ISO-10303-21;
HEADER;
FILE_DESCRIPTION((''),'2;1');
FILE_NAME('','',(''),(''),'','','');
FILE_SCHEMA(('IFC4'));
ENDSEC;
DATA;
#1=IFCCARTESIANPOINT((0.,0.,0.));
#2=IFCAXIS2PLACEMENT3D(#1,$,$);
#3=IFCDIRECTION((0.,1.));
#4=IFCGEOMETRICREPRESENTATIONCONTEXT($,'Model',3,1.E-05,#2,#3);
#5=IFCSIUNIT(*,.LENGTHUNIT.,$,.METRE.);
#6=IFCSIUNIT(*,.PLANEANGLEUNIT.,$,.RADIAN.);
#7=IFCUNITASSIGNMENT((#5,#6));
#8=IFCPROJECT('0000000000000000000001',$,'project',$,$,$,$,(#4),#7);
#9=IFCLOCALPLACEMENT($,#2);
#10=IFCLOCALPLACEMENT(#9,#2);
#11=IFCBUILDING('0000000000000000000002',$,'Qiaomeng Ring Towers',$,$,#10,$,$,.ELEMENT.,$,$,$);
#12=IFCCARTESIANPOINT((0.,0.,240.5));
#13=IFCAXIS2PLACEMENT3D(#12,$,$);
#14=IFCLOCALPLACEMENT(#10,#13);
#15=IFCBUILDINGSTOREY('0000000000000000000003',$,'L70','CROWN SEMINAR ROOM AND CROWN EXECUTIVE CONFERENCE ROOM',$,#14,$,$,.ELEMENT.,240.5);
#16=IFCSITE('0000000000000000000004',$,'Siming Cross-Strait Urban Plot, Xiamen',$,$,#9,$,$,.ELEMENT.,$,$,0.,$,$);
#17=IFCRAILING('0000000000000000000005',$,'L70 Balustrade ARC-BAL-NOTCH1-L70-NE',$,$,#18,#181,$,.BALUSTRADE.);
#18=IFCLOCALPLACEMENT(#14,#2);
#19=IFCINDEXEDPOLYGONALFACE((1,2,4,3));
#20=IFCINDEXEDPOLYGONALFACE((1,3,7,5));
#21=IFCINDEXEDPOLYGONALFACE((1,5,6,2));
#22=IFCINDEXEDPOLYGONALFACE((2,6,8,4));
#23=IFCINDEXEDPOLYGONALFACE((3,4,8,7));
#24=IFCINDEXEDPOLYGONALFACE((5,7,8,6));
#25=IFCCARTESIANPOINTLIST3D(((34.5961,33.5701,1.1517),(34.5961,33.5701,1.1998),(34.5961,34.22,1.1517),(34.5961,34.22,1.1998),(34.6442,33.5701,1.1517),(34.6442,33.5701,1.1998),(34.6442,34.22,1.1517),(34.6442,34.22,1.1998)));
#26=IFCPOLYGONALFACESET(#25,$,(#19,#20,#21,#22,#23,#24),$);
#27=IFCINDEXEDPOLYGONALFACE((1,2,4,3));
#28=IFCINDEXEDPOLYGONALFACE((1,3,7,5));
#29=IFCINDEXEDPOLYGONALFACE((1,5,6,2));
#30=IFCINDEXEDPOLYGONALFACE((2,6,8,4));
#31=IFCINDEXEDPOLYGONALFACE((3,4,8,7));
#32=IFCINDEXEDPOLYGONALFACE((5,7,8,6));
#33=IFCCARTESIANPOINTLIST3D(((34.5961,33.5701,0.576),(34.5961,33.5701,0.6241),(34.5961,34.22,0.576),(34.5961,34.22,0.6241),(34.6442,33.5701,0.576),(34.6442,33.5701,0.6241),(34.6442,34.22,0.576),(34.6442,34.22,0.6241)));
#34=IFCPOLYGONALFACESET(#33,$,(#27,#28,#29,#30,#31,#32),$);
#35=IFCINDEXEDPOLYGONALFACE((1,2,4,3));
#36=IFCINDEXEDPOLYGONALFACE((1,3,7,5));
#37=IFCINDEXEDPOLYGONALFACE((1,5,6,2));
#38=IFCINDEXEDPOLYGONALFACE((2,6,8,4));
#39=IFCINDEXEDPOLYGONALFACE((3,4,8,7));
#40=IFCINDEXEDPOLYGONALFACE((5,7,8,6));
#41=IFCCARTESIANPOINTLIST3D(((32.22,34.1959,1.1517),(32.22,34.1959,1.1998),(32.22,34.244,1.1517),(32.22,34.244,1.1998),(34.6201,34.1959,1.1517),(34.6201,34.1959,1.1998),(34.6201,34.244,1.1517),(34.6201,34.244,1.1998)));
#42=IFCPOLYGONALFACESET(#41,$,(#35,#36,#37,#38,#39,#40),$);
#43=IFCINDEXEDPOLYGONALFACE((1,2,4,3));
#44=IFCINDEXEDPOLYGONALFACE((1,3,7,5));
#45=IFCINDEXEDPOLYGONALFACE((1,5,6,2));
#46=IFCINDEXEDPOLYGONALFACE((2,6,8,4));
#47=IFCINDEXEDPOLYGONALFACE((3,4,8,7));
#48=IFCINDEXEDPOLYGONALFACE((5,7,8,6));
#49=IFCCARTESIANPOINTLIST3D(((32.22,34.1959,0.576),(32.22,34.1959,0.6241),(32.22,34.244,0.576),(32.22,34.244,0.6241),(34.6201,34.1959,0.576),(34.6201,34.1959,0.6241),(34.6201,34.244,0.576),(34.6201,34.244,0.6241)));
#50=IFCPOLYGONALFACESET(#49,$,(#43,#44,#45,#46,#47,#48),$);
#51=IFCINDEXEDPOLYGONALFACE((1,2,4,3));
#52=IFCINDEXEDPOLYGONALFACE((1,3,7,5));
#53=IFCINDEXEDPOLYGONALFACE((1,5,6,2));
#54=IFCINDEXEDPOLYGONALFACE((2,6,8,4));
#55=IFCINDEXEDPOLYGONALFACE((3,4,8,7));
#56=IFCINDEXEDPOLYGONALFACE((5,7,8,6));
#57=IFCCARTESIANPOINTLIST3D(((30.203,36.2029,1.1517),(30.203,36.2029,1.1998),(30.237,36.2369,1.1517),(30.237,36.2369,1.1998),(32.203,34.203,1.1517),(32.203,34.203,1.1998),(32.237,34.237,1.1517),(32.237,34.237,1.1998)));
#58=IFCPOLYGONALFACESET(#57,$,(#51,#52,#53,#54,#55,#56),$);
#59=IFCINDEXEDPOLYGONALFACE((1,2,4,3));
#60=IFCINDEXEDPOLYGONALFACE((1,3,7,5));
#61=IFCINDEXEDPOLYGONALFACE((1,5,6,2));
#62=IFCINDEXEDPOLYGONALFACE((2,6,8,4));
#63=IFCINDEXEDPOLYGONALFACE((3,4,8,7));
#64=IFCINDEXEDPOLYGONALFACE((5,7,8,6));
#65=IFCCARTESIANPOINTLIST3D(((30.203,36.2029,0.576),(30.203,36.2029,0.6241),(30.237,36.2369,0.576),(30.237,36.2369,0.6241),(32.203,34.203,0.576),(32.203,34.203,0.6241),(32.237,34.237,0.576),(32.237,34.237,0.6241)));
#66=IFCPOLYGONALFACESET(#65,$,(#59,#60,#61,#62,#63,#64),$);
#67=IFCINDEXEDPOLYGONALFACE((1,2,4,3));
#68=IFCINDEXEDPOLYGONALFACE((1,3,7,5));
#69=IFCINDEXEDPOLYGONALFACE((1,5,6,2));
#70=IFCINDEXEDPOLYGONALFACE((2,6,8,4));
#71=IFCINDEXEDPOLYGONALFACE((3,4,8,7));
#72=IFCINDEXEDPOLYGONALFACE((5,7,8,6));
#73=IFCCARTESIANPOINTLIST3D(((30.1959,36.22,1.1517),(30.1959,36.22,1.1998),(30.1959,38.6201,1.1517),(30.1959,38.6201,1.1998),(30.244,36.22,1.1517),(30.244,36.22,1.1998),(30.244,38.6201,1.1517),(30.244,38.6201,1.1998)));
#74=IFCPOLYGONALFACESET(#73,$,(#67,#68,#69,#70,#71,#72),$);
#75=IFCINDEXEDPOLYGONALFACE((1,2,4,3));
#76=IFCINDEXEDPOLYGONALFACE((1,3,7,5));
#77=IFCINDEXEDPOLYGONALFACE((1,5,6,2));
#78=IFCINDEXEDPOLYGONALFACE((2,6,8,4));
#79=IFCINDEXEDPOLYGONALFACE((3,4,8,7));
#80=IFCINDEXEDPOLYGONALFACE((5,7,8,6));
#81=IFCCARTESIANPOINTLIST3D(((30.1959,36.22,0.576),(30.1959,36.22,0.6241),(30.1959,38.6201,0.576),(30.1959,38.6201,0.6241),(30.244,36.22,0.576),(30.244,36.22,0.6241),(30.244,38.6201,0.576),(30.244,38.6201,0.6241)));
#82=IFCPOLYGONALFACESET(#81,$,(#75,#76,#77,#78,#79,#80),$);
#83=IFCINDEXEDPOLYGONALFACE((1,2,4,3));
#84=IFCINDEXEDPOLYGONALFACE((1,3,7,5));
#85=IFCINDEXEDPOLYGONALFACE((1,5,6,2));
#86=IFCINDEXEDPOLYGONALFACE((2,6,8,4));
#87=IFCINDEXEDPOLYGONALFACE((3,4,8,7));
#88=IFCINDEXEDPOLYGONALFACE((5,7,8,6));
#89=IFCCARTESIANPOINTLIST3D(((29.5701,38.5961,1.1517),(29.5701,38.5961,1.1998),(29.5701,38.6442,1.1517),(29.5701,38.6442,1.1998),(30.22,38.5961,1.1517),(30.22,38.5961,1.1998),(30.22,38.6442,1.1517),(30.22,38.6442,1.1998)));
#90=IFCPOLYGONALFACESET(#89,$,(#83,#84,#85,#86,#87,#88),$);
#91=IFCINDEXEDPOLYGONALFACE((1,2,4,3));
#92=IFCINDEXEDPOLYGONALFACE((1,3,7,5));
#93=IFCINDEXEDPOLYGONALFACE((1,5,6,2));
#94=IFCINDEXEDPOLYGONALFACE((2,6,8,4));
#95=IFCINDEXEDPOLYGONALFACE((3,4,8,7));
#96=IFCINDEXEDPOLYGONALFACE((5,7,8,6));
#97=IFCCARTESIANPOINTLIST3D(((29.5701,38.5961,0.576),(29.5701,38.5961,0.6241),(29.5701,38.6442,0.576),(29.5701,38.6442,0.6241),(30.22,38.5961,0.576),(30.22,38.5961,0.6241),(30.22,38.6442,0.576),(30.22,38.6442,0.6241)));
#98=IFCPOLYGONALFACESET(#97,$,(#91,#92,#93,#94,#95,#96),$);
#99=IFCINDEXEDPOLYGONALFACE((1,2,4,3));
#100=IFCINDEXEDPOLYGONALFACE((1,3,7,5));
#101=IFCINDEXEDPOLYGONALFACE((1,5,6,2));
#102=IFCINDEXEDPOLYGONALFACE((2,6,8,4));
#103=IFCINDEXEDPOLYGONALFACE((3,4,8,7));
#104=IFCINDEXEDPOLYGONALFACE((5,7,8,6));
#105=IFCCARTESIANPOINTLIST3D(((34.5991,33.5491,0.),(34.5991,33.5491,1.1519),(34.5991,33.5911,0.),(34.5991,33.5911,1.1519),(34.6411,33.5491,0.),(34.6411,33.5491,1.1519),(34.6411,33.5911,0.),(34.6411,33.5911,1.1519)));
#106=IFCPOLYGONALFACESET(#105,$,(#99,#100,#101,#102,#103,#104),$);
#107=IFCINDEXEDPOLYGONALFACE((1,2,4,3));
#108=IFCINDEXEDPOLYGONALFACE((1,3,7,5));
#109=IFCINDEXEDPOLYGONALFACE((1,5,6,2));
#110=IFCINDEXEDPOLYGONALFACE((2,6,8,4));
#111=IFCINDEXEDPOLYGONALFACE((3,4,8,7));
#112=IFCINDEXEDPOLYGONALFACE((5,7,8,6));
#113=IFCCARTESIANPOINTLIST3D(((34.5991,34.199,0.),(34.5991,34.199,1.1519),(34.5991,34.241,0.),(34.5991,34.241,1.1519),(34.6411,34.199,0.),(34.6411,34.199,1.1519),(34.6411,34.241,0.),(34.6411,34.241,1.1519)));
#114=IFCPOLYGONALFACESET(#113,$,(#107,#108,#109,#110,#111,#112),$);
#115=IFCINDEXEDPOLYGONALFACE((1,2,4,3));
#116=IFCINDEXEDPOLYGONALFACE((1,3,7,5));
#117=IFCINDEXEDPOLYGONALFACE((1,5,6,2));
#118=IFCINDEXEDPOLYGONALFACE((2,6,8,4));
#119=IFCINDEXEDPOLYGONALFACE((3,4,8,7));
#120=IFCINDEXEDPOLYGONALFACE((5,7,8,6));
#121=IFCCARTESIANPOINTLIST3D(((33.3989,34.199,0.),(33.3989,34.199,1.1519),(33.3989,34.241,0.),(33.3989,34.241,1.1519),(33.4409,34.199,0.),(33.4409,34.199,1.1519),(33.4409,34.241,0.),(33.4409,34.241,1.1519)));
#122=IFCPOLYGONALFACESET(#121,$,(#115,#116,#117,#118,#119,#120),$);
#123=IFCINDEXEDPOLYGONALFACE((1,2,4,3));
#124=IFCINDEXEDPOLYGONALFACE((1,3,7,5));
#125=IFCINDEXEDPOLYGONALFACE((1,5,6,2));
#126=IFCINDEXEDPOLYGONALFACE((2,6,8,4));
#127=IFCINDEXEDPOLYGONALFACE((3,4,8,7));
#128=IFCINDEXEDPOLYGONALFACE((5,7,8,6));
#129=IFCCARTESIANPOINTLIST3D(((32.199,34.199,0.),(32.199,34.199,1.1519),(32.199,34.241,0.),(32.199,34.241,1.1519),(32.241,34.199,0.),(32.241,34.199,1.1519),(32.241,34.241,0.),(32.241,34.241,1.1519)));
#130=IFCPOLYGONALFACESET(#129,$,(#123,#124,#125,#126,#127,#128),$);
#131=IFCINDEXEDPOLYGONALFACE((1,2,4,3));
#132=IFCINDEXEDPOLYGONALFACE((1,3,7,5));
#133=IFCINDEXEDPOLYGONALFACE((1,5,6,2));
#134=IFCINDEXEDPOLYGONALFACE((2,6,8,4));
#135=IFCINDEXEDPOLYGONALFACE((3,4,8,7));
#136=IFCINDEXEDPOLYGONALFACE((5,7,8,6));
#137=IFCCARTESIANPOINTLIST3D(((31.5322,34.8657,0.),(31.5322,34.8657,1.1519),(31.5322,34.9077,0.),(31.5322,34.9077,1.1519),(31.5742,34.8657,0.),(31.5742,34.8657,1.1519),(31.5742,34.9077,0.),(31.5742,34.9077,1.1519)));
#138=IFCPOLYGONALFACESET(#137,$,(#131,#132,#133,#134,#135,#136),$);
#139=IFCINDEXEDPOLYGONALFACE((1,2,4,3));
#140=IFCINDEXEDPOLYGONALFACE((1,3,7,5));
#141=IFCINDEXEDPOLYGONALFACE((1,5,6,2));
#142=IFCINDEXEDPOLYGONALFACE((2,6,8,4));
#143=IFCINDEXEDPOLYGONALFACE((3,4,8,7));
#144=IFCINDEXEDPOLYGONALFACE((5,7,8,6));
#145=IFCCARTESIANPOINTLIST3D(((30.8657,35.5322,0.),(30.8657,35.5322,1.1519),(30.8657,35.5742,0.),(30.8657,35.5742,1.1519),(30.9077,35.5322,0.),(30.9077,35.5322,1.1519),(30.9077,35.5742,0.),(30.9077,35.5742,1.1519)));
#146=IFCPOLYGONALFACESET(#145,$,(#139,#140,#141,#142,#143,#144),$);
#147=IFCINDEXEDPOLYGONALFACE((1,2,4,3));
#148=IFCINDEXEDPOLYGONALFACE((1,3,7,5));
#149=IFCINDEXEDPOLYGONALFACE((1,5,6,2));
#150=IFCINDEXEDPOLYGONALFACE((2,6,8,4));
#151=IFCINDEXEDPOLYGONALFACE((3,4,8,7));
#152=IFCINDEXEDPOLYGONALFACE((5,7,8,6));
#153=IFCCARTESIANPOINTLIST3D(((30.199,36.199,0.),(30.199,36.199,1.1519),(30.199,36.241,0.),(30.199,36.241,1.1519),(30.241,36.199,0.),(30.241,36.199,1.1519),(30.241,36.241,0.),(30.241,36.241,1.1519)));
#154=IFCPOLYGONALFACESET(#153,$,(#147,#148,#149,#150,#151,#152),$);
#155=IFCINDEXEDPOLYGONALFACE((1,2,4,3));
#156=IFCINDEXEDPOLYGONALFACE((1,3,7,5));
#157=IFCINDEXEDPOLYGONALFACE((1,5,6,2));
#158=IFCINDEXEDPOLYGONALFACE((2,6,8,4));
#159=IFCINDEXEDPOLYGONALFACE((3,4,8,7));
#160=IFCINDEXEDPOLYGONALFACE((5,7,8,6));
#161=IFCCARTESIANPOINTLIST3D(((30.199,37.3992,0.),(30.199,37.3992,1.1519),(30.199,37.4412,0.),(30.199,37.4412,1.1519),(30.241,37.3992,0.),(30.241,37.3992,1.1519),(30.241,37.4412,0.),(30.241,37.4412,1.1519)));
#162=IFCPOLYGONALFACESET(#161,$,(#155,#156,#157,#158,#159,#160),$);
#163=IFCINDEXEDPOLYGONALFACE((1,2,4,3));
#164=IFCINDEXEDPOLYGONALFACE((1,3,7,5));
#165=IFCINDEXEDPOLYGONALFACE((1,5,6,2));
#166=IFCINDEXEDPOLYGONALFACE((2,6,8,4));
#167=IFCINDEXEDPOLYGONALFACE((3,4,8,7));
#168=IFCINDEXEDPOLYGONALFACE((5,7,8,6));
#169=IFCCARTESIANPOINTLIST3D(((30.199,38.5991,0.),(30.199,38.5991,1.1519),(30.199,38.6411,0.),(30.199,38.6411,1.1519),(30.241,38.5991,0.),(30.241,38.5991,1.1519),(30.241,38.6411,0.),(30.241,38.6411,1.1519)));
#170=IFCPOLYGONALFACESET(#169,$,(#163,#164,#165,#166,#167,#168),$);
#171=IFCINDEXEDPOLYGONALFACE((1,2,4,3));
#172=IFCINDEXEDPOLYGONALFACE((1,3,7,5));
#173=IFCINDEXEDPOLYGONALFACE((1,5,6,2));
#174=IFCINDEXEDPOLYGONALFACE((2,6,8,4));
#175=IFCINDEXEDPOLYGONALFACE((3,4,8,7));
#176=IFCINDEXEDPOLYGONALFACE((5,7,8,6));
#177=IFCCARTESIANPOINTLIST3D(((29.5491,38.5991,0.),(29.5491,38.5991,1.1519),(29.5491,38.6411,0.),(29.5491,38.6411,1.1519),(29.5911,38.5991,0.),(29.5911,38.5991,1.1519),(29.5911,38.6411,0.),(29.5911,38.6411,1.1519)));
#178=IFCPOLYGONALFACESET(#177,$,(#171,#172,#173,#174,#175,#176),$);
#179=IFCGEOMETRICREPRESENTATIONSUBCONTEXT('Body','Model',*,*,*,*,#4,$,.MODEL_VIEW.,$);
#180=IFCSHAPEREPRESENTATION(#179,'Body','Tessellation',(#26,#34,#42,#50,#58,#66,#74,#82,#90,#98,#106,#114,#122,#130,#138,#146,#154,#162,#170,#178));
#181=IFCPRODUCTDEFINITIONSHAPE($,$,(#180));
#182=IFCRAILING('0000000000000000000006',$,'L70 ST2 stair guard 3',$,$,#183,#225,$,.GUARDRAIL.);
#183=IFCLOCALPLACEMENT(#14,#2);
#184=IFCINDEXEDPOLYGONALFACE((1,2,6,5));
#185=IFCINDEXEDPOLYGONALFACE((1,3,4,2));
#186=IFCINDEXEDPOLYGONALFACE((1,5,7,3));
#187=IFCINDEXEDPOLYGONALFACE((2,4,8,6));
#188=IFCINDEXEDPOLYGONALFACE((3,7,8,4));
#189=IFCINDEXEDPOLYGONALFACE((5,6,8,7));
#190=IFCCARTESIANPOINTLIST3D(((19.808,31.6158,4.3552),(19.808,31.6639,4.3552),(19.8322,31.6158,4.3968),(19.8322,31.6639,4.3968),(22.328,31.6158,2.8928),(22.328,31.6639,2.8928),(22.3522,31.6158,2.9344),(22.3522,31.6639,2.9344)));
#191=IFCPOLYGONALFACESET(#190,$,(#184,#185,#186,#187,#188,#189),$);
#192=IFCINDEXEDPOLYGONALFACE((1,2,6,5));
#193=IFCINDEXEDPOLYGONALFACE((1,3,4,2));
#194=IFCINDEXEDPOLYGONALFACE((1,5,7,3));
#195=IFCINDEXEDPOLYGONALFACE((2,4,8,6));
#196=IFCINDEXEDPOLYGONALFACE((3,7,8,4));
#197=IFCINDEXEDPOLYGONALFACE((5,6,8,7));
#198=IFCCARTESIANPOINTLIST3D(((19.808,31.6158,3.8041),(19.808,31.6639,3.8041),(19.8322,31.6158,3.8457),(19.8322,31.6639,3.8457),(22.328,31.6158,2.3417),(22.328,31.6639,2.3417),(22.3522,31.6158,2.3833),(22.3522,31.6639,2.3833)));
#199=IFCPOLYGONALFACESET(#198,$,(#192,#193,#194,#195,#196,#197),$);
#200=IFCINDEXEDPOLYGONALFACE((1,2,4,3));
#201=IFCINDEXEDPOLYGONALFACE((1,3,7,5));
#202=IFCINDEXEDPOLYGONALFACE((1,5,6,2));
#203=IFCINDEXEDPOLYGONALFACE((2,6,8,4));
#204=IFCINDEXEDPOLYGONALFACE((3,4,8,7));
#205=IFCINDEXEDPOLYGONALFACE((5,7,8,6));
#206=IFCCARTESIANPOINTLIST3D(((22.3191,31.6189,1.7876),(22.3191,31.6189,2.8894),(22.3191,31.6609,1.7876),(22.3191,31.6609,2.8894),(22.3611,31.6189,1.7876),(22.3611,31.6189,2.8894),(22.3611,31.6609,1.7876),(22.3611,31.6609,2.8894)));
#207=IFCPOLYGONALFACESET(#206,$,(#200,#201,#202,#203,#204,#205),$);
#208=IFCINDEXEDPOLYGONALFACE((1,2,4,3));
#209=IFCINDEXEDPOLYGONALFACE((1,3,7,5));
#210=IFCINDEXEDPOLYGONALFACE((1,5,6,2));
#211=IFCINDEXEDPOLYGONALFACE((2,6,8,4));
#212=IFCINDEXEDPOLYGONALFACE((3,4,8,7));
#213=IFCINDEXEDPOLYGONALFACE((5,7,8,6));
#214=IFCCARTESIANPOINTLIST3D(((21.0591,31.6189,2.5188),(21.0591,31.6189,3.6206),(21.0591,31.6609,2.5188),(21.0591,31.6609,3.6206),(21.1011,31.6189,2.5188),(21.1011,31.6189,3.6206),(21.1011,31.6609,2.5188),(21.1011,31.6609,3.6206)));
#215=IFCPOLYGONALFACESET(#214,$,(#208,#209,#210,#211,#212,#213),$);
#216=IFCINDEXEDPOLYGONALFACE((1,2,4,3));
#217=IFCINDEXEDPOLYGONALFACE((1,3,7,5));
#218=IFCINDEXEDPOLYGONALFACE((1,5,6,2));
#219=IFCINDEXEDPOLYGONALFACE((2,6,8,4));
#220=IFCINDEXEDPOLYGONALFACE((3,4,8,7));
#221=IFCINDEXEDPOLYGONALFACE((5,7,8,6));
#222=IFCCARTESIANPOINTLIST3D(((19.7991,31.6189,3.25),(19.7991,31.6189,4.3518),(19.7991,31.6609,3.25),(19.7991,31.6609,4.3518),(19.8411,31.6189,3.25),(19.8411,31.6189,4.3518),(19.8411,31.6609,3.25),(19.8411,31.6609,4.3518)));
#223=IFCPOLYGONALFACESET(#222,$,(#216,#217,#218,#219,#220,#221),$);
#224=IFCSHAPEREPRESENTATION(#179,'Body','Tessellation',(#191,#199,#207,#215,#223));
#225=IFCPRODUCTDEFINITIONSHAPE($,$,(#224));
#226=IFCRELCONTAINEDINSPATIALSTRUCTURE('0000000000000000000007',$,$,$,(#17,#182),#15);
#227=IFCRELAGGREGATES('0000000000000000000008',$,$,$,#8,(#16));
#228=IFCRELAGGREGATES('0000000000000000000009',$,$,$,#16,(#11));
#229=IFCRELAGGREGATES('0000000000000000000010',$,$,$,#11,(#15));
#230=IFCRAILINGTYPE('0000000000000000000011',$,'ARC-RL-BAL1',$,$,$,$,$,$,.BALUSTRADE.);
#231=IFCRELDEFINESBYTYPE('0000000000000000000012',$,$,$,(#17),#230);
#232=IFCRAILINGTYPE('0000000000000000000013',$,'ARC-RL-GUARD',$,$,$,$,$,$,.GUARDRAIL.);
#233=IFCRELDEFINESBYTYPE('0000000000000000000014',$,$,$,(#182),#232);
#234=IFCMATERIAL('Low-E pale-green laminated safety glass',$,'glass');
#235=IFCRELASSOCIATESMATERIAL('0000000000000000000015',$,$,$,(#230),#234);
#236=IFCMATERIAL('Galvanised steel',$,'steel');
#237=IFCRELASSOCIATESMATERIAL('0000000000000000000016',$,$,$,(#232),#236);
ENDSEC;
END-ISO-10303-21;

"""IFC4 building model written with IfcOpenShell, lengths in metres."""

from ifc_helpers import new_model, si_unit, direction, frame, origin, origin_2d, place, context, subcontext, project, spatial, rectangle, extrude, material, type_object, element, save


model = new_model("IFC4")

# Units and contexts
model_context = context("Model", 3, precision=1e-05, world=origin(), true_north=direction((0.0, 1.0)))
body_context = subcontext(model_context, "Body", "Model", "MODEL_VIEW")
ifc_project = project(units=[si_unit("LENGTHUNIT", "METRE"), si_unit("PLANEANGLEUNIT", "RADIAN")], contexts=[model_context])

# Site, building, storey
site_placement = place(None, origin())
site = spatial("IfcSite", under=ifc_project, at=site_placement, Name="Siming Cross-Strait Urban Plot, Xiamen", CompositionType="ELEMENT", RefElevation=0.0)
building_placement = place(site_placement, origin())
building = spatial("IfcBuilding", under=site, at=building_placement, Name="Qiaomeng Ring Towers", CompositionType="ELEMENT")
storey_placement = place(building_placement, frame((0.0, 0.0, 240.5)))
storey = spatial("IfcBuildingStorey", under=building, at=storey_placement, Name="L70", Description="CROWN SEMINAR ROOM AND CROWN EXECUTIVE CONFERENCE ROOM", CompositionType="ELEMENT", Elevation=240.5)

# Shared definitions
ifc_material_1 = material(Name="Galvanised steel", Category="steel")

# Railings
ifc_material_2 = material(Name="Low-E pale-green laminated safety glass", Category="glass")
railing_type_1 = type_object("IfcRailingType", Name="ARC-RL-BAL1", PredefinedType="BALUSTRADE", material=ifc_material_2)
railing_1_placement = place(storey_placement, frame((34.6201, 33.5701, 0.0)))
element("IfcRailing", 1, at=railing_1_placement, inside=storey, type_object=railing_type_1, Name="L70 Balustrade ARC-BAL-NOTCH1-L70-NE", PredefinedType="BALUSTRADE", context=body_context, shape_type="SweptSolid", body=[
    extrude(rectangle(XDim=0.0481, YDim=0.0481, at=origin_2d()), frame((0.0, 0.0, 1.1758), z_axis=(0.0, 1.0, 0.0), x_axis=(-1.0, 0.0, 0.0)), (0.0, 0.0, 1.0), 0.6499),
    extrude(rectangle(XDim=0.0481, YDim=0.0481, at=origin_2d()), frame((0.0, 0.0, 0.6001), z_axis=(0.0, 1.0, 0.0), x_axis=(-1.0, 0.0, 0.0)), (0.0, 0.0, 1.0), 0.6499),
    extrude(rectangle(XDim=0.0481, YDim=0.0481, at=origin_2d()), frame((0.0, 0.6499, 1.1758), z_axis=(-1.0, 0.0, 0.0), x_axis=(0.0, -1.0, 0.0)), (0.0, 0.0, 1.0), 2.4001),
    extrude(rectangle(XDim=0.0481, YDim=0.0481, at=origin_2d()), frame((0.0, 0.6499, 0.6001), z_axis=(-1.0, 0.0, 0.0), x_axis=(0.0, -1.0, 0.0)), (0.0, 0.0, 1.0), 2.4001),
    extrude(rectangle(XDim=0.0481, YDim=0.0481, at=origin_2d()), frame((-2.4001, 0.6499, 1.1758), z_axis=(-0.707107, 0.707107, 0.0), x_axis=(-0.707107, -0.707107, 0.0)), (0.0, 0.0, 1.0), 2.8284),
    extrude(rectangle(XDim=0.0481, YDim=0.0481, at=origin_2d()), frame((-2.4001, 0.6499, 0.6001), z_axis=(-0.707107, 0.707107, 0.0), x_axis=(-0.707107, -0.707107, 0.0)), (0.0, 0.0, 1.0), 2.8284),
    extrude(rectangle(XDim=0.0481, YDim=0.0481, at=origin_2d()), frame((-4.4001, 2.6499, 1.1758), z_axis=(0.0, 1.0, 0.0), x_axis=(-1.0, 0.0, 0.0)), (0.0, 0.0, 1.0), 2.4001),
    extrude(rectangle(XDim=0.0481, YDim=0.0481, at=origin_2d()), frame((-4.4001, 2.6499, 0.6001), z_axis=(0.0, 1.0, 0.0), x_axis=(-1.0, 0.0, 0.0)), (0.0, 0.0, 1.0), 2.4001),
    extrude(rectangle(XDim=0.0481, YDim=0.0481, at=origin_2d()), frame((-4.4001, 5.05, 1.1758), z_axis=(-1.0, 0.0, 0.0), x_axis=(0.0, -1.0, 0.0)), (0.0, 0.0, 1.0), 0.6499),
    extrude(rectangle(XDim=0.0481, YDim=0.0481, at=origin_2d()), frame((-4.4001, 5.05, 0.6001), z_axis=(-1.0, 0.0, 0.0), x_axis=(0.0, -1.0, 0.0)), (0.0, 0.0, 1.0), 0.6499),
    extrude(rectangle(XDim=0.042, YDim=0.042, at=origin_2d()), origin(), (0.0, 0.0, 1.0), 1.1519),
    extrude(rectangle(XDim=0.042, YDim=0.042, at=origin_2d()), frame((0.0, 0.6499, 0.0)), (0.0, 0.0, 1.0), 1.1519),
    extrude(rectangle(XDim=0.042, YDim=0.042, at=origin_2d()), frame((-1.2002, 0.6499, 0.0)), (0.0, 0.0, 1.0), 1.1519),
    extrude(rectangle(XDim=0.042, YDim=0.042, at=origin_2d()), frame((-2.4001, 0.6499, 0.0)), (0.0, 0.0, 1.0), 1.1519),
    extrude(rectangle(XDim=0.042, YDim=0.042, at=origin_2d()), frame((-3.0669, 1.3167, 0.0)), (0.0, 0.0, 1.0), 1.1519),
    extrude(rectangle(XDim=0.042, YDim=0.042, at=origin_2d()), frame((-3.7334, 1.9832, 0.0)), (0.0, 0.0, 1.0), 1.1519),
    extrude(rectangle(XDim=0.042, YDim=0.042, at=origin_2d()), frame((-4.4001, 2.6499, 0.0)), (0.0, 0.0, 1.0), 1.1519),
    extrude(rectangle(XDim=0.042, YDim=0.042, at=origin_2d()), frame((-4.4001, 3.8501, 0.0)), (0.0, 0.0, 1.0), 1.1519),
    extrude(rectangle(XDim=0.042, YDim=0.042, at=origin_2d()), frame((-4.4001, 5.05, 0.0)), (0.0, 0.0, 1.0), 1.1519),
    extrude(rectangle(XDim=0.042, YDim=0.042, at=origin_2d()), frame((-5.05, 5.05, 0.0)), (0.0, 0.0, 1.0), 1.1519),
])
railing_type_2 = type_object("IfcRailingType", Name="ARC-RL-GUARD", PredefinedType="GUARDRAIL", material=ifc_material_1)
railing_2_placement = place(storey_placement, frame((22.3401, 31.6399, 1.7876)))
element("IfcRailing", 2, at=railing_2_placement, inside=storey, type_object=railing_type_2, Name="L70 ST2 stair guard 3", PredefinedType="GUARDRAIL", context=body_context, shape_type="SweptSolid", body=[
    extrude(rectangle(XDim=0.0481, YDim=0.0481, at=origin_2d()), frame((0.0, 0.0, 1.126), z_axis=(-0.864913, 0.0, 0.501921), x_axis=(0.0, -1.0, 0.0)), (0.0, 0.0, 1.0), 2.9136),
    extrude(rectangle(XDim=0.0481, YDim=0.0481, at=origin_2d()), frame((0.0, 0.0, 0.575), z_axis=(-0.864913, 0.0, 0.501921), x_axis=(0.0, -1.0, 0.0)), (0.0, 0.0, 1.0), 2.9136),
    extrude(rectangle(XDim=0.042, YDim=0.042, at=origin_2d()), origin(), (0.0, 0.0, 1.0), 1.1018),
    extrude(rectangle(XDim=0.042, YDim=0.042, at=origin_2d()), frame((-1.26, 0.0, 0.7312)), (0.0, 0.0, 1.0), 1.1018),
    extrude(rectangle(XDim=0.042, YDim=0.042, at=origin_2d()), frame((-2.52, 0.0, 1.4624)), (0.0, 0.0, 1.0), 1.1018),
])

save(model, "model.ifc")
